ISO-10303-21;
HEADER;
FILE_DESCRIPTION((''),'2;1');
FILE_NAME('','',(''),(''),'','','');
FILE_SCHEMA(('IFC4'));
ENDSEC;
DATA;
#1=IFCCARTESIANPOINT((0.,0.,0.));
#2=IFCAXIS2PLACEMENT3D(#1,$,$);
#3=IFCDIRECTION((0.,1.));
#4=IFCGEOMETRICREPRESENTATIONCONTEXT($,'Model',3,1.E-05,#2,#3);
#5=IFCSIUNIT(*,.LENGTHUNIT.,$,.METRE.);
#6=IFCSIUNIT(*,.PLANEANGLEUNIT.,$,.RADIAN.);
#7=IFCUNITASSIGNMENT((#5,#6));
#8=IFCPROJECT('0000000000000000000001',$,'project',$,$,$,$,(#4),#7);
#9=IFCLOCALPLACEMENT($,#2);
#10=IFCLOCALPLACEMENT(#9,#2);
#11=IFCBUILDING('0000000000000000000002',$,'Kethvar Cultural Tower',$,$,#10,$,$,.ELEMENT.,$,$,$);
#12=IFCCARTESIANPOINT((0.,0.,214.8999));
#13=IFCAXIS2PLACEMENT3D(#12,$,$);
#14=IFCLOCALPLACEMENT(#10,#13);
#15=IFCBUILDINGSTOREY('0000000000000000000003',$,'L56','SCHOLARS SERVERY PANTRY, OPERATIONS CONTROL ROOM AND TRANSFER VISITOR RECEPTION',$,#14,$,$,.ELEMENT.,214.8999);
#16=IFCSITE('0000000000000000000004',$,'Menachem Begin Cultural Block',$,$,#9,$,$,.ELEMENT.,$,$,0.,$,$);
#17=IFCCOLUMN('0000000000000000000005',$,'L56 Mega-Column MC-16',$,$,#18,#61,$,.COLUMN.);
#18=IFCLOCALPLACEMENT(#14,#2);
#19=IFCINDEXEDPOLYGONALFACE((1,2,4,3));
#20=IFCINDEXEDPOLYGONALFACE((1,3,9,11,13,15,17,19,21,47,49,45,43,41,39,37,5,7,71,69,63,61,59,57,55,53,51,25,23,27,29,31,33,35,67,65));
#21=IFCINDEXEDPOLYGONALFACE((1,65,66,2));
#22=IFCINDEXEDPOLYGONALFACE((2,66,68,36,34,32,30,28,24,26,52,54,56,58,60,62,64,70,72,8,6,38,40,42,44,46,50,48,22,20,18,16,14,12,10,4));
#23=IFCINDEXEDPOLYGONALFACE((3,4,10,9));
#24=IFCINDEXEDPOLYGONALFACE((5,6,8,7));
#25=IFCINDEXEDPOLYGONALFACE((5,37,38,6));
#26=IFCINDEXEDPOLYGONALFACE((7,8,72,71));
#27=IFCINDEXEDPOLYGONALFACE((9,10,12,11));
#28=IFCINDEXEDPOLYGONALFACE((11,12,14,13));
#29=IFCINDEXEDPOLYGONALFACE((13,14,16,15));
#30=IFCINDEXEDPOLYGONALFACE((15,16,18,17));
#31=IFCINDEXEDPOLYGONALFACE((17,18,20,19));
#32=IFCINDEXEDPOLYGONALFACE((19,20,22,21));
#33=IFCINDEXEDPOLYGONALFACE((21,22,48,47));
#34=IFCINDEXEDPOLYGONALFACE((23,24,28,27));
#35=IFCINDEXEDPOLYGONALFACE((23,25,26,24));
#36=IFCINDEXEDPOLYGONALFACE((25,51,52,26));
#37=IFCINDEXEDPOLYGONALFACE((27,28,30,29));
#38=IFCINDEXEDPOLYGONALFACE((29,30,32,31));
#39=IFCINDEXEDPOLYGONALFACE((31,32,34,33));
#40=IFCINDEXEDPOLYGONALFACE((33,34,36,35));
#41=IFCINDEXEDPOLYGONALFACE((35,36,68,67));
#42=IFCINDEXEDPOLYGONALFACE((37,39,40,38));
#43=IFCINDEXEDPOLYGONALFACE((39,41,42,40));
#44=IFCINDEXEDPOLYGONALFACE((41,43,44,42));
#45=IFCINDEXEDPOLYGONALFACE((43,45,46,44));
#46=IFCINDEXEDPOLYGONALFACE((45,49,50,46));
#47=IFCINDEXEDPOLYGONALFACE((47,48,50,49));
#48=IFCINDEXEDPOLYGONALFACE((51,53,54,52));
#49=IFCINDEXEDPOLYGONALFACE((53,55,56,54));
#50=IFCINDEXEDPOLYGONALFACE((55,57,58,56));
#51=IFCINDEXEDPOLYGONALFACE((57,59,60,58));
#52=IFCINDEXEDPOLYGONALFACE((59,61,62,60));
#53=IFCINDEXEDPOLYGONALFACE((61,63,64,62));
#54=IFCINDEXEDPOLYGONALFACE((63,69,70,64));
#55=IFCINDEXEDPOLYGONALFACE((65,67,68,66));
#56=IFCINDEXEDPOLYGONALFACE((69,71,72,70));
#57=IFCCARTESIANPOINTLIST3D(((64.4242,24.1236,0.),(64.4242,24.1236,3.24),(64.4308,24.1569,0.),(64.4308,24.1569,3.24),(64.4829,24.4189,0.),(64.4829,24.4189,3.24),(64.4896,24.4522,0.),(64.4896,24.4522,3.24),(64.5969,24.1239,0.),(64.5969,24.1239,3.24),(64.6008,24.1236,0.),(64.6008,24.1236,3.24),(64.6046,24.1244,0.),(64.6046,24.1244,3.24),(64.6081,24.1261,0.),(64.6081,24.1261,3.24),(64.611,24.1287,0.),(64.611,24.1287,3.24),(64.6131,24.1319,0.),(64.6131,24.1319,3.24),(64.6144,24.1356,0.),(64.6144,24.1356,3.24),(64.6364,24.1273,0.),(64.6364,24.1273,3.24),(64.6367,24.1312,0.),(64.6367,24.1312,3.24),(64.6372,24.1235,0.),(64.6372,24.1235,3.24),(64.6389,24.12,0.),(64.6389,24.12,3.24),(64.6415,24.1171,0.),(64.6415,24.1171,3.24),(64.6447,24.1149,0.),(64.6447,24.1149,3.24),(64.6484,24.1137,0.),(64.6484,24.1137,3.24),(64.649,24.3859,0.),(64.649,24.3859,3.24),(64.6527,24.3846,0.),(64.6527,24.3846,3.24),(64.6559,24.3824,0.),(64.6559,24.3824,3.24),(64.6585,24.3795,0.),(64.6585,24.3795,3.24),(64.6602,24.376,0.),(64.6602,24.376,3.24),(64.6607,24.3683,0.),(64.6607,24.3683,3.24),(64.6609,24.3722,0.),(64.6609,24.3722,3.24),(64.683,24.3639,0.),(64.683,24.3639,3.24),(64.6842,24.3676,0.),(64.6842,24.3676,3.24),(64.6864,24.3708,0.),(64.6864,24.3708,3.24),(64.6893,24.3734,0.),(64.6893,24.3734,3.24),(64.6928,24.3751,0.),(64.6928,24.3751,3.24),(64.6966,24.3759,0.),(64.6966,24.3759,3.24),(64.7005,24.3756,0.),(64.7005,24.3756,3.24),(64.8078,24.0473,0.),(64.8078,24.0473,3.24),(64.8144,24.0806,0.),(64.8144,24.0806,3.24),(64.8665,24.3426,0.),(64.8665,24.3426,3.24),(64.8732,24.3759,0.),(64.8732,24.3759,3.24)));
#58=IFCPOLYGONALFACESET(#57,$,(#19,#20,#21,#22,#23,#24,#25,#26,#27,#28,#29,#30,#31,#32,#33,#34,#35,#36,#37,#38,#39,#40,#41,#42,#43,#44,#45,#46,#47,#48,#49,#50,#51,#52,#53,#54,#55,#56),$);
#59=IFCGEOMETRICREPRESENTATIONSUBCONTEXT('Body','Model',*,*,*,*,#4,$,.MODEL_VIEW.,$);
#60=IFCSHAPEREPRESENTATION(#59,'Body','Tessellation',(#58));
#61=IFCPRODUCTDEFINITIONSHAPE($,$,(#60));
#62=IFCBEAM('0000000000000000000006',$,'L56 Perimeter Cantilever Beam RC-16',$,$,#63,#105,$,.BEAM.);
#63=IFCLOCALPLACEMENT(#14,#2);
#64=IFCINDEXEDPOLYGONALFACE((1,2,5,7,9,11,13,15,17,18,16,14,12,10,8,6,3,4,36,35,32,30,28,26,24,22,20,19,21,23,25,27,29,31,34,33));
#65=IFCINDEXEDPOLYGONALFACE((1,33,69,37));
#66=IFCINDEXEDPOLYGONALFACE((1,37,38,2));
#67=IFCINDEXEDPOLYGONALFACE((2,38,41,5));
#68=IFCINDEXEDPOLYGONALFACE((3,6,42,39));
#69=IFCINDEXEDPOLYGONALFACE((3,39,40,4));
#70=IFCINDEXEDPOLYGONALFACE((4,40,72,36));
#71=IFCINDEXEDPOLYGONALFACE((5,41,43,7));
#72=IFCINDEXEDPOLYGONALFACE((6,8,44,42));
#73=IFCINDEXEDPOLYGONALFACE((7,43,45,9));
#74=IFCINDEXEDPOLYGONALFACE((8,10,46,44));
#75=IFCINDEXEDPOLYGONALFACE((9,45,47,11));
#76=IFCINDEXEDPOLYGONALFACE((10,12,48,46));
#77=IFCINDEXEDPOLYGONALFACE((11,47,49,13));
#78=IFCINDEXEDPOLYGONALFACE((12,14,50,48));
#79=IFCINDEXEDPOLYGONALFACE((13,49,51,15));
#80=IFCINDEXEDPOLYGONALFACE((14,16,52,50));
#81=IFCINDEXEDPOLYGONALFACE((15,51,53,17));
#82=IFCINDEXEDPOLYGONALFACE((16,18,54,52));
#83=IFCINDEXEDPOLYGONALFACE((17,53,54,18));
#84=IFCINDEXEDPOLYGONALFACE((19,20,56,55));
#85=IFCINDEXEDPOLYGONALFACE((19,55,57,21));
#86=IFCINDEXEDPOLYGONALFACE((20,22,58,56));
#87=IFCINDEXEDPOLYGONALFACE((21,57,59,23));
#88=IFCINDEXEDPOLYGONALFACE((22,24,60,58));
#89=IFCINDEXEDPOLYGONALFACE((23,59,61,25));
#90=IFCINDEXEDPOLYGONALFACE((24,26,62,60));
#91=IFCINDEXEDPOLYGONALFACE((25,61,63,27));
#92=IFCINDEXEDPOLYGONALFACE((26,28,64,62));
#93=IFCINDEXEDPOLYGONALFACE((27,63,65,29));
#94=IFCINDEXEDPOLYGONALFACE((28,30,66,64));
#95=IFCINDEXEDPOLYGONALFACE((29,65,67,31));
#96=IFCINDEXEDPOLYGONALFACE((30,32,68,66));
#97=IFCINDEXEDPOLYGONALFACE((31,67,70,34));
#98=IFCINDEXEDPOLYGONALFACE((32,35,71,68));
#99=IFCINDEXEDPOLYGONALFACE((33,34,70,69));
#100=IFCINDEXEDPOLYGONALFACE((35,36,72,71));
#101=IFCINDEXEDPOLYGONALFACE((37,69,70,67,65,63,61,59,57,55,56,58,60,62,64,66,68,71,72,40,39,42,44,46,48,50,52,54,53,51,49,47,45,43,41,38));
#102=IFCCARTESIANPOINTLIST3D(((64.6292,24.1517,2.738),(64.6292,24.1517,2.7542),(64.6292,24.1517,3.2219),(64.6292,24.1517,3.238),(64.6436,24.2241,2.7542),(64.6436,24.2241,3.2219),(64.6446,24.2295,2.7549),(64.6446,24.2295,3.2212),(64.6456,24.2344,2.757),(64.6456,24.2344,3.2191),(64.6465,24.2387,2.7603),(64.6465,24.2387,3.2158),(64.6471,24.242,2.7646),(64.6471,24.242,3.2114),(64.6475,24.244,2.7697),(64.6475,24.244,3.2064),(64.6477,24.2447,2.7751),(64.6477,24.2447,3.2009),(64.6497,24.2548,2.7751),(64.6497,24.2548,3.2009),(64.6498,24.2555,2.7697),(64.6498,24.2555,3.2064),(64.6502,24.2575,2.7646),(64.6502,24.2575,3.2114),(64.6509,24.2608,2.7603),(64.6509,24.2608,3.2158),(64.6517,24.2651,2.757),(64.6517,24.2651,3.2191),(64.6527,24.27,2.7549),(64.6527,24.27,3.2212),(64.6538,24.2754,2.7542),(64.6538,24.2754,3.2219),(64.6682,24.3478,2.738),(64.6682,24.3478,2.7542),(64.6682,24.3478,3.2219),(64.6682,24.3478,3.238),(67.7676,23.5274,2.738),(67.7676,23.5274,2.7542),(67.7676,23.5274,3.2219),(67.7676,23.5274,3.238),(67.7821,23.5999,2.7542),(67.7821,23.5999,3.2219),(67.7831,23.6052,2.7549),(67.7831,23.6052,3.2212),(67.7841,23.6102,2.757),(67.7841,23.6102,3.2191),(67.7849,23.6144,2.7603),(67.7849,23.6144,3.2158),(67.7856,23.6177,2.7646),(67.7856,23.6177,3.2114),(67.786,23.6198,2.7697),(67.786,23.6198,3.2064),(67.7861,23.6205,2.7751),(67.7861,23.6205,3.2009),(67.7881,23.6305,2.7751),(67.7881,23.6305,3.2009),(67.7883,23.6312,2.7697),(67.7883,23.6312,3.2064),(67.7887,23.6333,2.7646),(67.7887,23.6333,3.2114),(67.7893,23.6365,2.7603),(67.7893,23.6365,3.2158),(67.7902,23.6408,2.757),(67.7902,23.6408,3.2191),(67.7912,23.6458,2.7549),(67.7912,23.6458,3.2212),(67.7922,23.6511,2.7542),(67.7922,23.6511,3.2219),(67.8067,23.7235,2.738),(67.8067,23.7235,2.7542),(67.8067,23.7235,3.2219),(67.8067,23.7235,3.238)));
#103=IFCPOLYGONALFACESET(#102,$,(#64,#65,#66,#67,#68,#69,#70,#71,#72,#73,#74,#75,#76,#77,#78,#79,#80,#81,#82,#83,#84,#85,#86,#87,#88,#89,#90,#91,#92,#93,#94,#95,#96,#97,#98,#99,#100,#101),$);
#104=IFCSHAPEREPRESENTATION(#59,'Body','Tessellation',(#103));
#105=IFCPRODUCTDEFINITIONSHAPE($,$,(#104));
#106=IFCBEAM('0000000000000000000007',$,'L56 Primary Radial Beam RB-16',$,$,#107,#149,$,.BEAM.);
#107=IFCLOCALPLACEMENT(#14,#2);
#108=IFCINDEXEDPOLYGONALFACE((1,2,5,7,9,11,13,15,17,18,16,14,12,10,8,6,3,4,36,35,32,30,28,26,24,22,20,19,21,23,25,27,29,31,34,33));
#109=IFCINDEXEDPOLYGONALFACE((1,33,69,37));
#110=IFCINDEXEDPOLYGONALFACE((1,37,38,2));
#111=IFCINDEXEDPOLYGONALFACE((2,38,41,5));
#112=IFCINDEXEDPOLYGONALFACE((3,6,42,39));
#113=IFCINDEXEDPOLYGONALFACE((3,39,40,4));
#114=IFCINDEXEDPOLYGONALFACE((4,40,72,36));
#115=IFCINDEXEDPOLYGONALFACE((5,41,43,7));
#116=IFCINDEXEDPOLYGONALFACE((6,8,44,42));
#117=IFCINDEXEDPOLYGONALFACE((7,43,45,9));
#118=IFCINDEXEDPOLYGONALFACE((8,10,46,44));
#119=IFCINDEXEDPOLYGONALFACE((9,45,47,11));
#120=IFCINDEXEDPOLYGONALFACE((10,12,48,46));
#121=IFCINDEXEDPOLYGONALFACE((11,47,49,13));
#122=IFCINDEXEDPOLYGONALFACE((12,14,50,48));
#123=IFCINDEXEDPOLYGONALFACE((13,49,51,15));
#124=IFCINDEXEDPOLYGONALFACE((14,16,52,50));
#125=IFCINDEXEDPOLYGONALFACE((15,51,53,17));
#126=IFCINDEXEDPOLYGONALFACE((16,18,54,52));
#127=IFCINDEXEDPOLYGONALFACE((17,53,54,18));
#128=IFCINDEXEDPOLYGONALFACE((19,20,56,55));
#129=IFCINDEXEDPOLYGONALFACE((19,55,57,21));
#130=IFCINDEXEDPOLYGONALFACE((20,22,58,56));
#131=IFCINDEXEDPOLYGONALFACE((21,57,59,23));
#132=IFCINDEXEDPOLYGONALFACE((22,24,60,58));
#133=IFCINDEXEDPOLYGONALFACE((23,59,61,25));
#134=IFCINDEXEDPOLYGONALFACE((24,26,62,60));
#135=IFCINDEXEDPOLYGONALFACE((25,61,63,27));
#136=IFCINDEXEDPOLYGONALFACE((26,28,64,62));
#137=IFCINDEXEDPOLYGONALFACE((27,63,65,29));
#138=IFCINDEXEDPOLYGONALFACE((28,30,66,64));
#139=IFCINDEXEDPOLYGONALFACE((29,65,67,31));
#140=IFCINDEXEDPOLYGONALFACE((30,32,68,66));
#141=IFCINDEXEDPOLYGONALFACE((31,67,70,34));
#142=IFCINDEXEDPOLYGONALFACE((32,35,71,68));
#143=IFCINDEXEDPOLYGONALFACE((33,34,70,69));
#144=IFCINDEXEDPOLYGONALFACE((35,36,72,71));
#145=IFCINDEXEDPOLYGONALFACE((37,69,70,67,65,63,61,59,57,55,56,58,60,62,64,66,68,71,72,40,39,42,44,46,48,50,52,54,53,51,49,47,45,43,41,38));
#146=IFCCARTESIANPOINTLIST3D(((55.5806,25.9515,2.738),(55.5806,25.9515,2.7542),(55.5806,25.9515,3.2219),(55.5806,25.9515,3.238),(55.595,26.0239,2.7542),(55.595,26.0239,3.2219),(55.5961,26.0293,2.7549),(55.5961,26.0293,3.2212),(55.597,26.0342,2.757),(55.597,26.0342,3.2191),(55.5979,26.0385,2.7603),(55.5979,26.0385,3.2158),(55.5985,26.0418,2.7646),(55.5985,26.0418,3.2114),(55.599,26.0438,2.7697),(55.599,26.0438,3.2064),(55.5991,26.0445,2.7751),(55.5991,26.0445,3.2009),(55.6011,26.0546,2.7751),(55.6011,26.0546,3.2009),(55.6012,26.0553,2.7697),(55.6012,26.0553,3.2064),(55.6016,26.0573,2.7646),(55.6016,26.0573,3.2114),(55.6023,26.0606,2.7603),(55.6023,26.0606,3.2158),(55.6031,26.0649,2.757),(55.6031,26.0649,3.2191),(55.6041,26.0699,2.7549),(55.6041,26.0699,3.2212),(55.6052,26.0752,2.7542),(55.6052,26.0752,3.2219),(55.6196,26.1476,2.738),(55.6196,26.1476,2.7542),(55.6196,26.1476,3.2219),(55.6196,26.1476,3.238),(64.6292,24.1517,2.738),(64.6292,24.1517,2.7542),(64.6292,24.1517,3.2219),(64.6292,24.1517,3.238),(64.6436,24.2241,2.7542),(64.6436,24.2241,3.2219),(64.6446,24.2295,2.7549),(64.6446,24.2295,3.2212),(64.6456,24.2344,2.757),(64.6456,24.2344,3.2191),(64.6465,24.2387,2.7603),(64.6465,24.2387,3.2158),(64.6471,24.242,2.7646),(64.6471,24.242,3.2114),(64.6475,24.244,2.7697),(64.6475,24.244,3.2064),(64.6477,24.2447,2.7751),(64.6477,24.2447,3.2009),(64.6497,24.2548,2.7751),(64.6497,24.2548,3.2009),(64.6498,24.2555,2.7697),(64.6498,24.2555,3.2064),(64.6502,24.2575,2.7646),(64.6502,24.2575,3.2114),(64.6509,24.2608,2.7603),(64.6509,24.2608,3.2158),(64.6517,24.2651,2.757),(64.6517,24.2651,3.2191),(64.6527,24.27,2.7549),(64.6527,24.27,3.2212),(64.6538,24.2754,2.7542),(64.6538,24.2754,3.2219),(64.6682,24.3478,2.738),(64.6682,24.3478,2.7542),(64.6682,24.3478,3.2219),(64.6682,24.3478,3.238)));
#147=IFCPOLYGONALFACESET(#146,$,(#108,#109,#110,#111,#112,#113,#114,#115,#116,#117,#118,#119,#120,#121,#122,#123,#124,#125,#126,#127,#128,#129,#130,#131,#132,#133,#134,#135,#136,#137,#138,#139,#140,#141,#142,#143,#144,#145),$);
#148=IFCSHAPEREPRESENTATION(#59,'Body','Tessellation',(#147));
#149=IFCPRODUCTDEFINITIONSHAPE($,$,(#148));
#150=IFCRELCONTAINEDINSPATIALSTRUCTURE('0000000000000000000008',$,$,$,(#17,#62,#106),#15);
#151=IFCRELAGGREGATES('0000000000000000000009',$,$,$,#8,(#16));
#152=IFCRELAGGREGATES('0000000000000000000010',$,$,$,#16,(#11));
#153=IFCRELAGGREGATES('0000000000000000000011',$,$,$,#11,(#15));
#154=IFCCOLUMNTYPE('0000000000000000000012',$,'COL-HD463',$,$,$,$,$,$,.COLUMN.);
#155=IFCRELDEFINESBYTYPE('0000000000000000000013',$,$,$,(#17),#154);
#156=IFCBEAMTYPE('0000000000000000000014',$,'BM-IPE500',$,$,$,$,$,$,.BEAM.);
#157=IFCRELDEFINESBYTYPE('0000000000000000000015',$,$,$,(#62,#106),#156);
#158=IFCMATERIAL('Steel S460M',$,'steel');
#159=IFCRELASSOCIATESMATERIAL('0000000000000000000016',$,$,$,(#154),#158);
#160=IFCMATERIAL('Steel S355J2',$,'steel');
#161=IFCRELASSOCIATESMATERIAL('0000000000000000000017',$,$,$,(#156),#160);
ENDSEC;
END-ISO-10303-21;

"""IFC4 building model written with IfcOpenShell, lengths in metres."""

from ifc_helpers import new_model, si_unit, direction, frame, origin, origin_2d, place, context, subcontext, project, spatial, i_section, extrude, source, transform, mapped, material, material_profile, profile_set, type_object, element, save


model = new_model("IFC4")

# Units and contexts
model_context = context("Model", 3, precision=1e-05, world=origin(), true_north=direction((0.0, 1.0)))
body_context = subcontext(model_context, "Body", "Model", "MODEL_VIEW")
ifc_project = project(units=[si_unit("LENGTHUNIT", "METRE"), si_unit("PLANEANGLEUNIT", "RADIAN")], contexts=[model_context])

# Site, building, storey
site_placement = place(None, origin())
site = spatial("IfcSite", under=ifc_project, at=site_placement, Name="Menachem Begin Cultural Block", CompositionType="ELEMENT", RefElevation=0.0)
building_placement = place(site_placement, origin())
building = spatial("IfcBuilding", under=site, at=building_placement, Name="Kethvar Cultural Tower", CompositionType="ELEMENT")
storey_placement = place(building_placement, frame((0.0, 0.0, 214.8999)))
storey = spatial("IfcBuildingStorey", under=building, at=storey_placement, Name="L56", Description="SCHOLARS SERVERY PANTRY, OPERATIONS CONTROL ROOM AND TRANSFER VISITOR RECEPTION", CompositionType="ELEMENT", Elevation=214.8999)

# Column
ifc_material_1 = material(Name="Steel S460M", Category="steel")
ifc_material_profile_1 = material_profile(ifc_material_1, i_section(OverallWidth=0.3911, OverallDepth=0.335, WebThickness=0.0227, FlangeThickness=0.0339, FilletRadius=0.0149, at=origin_2d()), Name="Steel S460M — HD400x463")
ifc_profile_set_1 = profile_set([ifc_material_profile_1], Name="Steel S460M — HD400x463")
column_type = type_object("IfcColumnType", Name="COL-HD463", PredefinedType="COLUMN", material=ifc_profile_set_1)
shared_shape_1 = source(origin(), body_context, "Body", "SweptSolid", [
    extrude(i_section(OverallWidth=0.3911, OverallDepth=0.335, WebThickness=0.0227, FlangeThickness=0.0339, FilletRadius=0.0149, at=origin_2d()), origin(), (0.0, 0.0, 1.0), 3.24),
])
column_placement = place(storey_placement, frame((64.6487, 24.2498, 0.0), z_axis=(0.0, 0.0, 1.0), x_axis=(0.980785, -0.19509, 0.0)))
element("IfcColumn", 1, at=column_placement, inside=storey, type_object=column_type, Name="L56 Mega-Column MC-16", PredefinedType="COLUMN", context=body_context, shape_type="MappedRepresentation", body=[
    mapped(shared_shape_1, transform((0.0, 0.0, 0.0), scale=1.0)),
])

# Beams
ifc_material_2 = material(Name="Steel S355J2", Category="steel")
ifc_material_profile_2 = material_profile(ifc_material_2, i_section(OverallWidth=0.2, OverallDepth=0.5, WebThickness=0.0103, FlangeThickness=0.0161, FilletRadius=0.021, at=origin_2d()), Name="Steel S355J2 — IPE500")
ifc_profile_set_2 = profile_set([ifc_material_profile_2], Name="Steel S355J2 — IPE500")
beam_type_1 = type_object("IfcBeamType", Name="BM-IPE500", PredefinedType="BEAM", material=ifc_profile_set_2)
shared_shape_2 = source(origin(), body_context, "Body", "SweptSolid", [
    extrude(i_section(OverallWidth=0.2, OverallDepth=0.5, WebThickness=0.0103, FlangeThickness=0.0161, FilletRadius=0.021, at=origin_2d()), origin(), (0.0, 0.0, 1.0), 3.2),
])
beam_1_placement = place(storey_placement, frame((64.6487, 24.2498, 2.988), z_axis=(0.980786, -0.195089, 0.0), x_axis=(0.195089, 0.980786, 0.0)))
element("IfcBeam", 2, at=beam_1_placement, inside=storey, type_object=beam_type_1, Name="L56 Perimeter Cantilever Beam RC-16", PredefinedType="BEAM", context=body_context, shape_type="MappedRepresentation", body=[
    mapped(shared_shape_2, transform((0.0, 0.0, 0.0), scale=1.0)),
])
shared_shape_3 = source(origin(), body_context, "Body", "SweptSolid", [
    extrude(i_section(OverallWidth=0.2, OverallDepth=0.5, WebThickness=0.0103, FlangeThickness=0.0161, FilletRadius=0.021, at=origin_2d()), origin(), (0.0, 0.0, 1.0), 9.2258),
])
beam_2_placement = place(storey_placement, frame((55.6001, 26.0496, 2.988), z_axis=(0.980787, -0.195083, 0.0), x_axis=(0.195083, 0.980787, 0.0)))
element("IfcBeam", 3, at=beam_2_placement, inside=storey, type_object=beam_type_1, Name="L56 Primary Radial Beam RB-16", PredefinedType="BEAM", context=body_context, shape_type="MappedRepresentation", body=[
    mapped(shared_shape_3, transform((0.0, 0.0, 0.0), scale=1.0)),
])

save(model, "model.ifc")
